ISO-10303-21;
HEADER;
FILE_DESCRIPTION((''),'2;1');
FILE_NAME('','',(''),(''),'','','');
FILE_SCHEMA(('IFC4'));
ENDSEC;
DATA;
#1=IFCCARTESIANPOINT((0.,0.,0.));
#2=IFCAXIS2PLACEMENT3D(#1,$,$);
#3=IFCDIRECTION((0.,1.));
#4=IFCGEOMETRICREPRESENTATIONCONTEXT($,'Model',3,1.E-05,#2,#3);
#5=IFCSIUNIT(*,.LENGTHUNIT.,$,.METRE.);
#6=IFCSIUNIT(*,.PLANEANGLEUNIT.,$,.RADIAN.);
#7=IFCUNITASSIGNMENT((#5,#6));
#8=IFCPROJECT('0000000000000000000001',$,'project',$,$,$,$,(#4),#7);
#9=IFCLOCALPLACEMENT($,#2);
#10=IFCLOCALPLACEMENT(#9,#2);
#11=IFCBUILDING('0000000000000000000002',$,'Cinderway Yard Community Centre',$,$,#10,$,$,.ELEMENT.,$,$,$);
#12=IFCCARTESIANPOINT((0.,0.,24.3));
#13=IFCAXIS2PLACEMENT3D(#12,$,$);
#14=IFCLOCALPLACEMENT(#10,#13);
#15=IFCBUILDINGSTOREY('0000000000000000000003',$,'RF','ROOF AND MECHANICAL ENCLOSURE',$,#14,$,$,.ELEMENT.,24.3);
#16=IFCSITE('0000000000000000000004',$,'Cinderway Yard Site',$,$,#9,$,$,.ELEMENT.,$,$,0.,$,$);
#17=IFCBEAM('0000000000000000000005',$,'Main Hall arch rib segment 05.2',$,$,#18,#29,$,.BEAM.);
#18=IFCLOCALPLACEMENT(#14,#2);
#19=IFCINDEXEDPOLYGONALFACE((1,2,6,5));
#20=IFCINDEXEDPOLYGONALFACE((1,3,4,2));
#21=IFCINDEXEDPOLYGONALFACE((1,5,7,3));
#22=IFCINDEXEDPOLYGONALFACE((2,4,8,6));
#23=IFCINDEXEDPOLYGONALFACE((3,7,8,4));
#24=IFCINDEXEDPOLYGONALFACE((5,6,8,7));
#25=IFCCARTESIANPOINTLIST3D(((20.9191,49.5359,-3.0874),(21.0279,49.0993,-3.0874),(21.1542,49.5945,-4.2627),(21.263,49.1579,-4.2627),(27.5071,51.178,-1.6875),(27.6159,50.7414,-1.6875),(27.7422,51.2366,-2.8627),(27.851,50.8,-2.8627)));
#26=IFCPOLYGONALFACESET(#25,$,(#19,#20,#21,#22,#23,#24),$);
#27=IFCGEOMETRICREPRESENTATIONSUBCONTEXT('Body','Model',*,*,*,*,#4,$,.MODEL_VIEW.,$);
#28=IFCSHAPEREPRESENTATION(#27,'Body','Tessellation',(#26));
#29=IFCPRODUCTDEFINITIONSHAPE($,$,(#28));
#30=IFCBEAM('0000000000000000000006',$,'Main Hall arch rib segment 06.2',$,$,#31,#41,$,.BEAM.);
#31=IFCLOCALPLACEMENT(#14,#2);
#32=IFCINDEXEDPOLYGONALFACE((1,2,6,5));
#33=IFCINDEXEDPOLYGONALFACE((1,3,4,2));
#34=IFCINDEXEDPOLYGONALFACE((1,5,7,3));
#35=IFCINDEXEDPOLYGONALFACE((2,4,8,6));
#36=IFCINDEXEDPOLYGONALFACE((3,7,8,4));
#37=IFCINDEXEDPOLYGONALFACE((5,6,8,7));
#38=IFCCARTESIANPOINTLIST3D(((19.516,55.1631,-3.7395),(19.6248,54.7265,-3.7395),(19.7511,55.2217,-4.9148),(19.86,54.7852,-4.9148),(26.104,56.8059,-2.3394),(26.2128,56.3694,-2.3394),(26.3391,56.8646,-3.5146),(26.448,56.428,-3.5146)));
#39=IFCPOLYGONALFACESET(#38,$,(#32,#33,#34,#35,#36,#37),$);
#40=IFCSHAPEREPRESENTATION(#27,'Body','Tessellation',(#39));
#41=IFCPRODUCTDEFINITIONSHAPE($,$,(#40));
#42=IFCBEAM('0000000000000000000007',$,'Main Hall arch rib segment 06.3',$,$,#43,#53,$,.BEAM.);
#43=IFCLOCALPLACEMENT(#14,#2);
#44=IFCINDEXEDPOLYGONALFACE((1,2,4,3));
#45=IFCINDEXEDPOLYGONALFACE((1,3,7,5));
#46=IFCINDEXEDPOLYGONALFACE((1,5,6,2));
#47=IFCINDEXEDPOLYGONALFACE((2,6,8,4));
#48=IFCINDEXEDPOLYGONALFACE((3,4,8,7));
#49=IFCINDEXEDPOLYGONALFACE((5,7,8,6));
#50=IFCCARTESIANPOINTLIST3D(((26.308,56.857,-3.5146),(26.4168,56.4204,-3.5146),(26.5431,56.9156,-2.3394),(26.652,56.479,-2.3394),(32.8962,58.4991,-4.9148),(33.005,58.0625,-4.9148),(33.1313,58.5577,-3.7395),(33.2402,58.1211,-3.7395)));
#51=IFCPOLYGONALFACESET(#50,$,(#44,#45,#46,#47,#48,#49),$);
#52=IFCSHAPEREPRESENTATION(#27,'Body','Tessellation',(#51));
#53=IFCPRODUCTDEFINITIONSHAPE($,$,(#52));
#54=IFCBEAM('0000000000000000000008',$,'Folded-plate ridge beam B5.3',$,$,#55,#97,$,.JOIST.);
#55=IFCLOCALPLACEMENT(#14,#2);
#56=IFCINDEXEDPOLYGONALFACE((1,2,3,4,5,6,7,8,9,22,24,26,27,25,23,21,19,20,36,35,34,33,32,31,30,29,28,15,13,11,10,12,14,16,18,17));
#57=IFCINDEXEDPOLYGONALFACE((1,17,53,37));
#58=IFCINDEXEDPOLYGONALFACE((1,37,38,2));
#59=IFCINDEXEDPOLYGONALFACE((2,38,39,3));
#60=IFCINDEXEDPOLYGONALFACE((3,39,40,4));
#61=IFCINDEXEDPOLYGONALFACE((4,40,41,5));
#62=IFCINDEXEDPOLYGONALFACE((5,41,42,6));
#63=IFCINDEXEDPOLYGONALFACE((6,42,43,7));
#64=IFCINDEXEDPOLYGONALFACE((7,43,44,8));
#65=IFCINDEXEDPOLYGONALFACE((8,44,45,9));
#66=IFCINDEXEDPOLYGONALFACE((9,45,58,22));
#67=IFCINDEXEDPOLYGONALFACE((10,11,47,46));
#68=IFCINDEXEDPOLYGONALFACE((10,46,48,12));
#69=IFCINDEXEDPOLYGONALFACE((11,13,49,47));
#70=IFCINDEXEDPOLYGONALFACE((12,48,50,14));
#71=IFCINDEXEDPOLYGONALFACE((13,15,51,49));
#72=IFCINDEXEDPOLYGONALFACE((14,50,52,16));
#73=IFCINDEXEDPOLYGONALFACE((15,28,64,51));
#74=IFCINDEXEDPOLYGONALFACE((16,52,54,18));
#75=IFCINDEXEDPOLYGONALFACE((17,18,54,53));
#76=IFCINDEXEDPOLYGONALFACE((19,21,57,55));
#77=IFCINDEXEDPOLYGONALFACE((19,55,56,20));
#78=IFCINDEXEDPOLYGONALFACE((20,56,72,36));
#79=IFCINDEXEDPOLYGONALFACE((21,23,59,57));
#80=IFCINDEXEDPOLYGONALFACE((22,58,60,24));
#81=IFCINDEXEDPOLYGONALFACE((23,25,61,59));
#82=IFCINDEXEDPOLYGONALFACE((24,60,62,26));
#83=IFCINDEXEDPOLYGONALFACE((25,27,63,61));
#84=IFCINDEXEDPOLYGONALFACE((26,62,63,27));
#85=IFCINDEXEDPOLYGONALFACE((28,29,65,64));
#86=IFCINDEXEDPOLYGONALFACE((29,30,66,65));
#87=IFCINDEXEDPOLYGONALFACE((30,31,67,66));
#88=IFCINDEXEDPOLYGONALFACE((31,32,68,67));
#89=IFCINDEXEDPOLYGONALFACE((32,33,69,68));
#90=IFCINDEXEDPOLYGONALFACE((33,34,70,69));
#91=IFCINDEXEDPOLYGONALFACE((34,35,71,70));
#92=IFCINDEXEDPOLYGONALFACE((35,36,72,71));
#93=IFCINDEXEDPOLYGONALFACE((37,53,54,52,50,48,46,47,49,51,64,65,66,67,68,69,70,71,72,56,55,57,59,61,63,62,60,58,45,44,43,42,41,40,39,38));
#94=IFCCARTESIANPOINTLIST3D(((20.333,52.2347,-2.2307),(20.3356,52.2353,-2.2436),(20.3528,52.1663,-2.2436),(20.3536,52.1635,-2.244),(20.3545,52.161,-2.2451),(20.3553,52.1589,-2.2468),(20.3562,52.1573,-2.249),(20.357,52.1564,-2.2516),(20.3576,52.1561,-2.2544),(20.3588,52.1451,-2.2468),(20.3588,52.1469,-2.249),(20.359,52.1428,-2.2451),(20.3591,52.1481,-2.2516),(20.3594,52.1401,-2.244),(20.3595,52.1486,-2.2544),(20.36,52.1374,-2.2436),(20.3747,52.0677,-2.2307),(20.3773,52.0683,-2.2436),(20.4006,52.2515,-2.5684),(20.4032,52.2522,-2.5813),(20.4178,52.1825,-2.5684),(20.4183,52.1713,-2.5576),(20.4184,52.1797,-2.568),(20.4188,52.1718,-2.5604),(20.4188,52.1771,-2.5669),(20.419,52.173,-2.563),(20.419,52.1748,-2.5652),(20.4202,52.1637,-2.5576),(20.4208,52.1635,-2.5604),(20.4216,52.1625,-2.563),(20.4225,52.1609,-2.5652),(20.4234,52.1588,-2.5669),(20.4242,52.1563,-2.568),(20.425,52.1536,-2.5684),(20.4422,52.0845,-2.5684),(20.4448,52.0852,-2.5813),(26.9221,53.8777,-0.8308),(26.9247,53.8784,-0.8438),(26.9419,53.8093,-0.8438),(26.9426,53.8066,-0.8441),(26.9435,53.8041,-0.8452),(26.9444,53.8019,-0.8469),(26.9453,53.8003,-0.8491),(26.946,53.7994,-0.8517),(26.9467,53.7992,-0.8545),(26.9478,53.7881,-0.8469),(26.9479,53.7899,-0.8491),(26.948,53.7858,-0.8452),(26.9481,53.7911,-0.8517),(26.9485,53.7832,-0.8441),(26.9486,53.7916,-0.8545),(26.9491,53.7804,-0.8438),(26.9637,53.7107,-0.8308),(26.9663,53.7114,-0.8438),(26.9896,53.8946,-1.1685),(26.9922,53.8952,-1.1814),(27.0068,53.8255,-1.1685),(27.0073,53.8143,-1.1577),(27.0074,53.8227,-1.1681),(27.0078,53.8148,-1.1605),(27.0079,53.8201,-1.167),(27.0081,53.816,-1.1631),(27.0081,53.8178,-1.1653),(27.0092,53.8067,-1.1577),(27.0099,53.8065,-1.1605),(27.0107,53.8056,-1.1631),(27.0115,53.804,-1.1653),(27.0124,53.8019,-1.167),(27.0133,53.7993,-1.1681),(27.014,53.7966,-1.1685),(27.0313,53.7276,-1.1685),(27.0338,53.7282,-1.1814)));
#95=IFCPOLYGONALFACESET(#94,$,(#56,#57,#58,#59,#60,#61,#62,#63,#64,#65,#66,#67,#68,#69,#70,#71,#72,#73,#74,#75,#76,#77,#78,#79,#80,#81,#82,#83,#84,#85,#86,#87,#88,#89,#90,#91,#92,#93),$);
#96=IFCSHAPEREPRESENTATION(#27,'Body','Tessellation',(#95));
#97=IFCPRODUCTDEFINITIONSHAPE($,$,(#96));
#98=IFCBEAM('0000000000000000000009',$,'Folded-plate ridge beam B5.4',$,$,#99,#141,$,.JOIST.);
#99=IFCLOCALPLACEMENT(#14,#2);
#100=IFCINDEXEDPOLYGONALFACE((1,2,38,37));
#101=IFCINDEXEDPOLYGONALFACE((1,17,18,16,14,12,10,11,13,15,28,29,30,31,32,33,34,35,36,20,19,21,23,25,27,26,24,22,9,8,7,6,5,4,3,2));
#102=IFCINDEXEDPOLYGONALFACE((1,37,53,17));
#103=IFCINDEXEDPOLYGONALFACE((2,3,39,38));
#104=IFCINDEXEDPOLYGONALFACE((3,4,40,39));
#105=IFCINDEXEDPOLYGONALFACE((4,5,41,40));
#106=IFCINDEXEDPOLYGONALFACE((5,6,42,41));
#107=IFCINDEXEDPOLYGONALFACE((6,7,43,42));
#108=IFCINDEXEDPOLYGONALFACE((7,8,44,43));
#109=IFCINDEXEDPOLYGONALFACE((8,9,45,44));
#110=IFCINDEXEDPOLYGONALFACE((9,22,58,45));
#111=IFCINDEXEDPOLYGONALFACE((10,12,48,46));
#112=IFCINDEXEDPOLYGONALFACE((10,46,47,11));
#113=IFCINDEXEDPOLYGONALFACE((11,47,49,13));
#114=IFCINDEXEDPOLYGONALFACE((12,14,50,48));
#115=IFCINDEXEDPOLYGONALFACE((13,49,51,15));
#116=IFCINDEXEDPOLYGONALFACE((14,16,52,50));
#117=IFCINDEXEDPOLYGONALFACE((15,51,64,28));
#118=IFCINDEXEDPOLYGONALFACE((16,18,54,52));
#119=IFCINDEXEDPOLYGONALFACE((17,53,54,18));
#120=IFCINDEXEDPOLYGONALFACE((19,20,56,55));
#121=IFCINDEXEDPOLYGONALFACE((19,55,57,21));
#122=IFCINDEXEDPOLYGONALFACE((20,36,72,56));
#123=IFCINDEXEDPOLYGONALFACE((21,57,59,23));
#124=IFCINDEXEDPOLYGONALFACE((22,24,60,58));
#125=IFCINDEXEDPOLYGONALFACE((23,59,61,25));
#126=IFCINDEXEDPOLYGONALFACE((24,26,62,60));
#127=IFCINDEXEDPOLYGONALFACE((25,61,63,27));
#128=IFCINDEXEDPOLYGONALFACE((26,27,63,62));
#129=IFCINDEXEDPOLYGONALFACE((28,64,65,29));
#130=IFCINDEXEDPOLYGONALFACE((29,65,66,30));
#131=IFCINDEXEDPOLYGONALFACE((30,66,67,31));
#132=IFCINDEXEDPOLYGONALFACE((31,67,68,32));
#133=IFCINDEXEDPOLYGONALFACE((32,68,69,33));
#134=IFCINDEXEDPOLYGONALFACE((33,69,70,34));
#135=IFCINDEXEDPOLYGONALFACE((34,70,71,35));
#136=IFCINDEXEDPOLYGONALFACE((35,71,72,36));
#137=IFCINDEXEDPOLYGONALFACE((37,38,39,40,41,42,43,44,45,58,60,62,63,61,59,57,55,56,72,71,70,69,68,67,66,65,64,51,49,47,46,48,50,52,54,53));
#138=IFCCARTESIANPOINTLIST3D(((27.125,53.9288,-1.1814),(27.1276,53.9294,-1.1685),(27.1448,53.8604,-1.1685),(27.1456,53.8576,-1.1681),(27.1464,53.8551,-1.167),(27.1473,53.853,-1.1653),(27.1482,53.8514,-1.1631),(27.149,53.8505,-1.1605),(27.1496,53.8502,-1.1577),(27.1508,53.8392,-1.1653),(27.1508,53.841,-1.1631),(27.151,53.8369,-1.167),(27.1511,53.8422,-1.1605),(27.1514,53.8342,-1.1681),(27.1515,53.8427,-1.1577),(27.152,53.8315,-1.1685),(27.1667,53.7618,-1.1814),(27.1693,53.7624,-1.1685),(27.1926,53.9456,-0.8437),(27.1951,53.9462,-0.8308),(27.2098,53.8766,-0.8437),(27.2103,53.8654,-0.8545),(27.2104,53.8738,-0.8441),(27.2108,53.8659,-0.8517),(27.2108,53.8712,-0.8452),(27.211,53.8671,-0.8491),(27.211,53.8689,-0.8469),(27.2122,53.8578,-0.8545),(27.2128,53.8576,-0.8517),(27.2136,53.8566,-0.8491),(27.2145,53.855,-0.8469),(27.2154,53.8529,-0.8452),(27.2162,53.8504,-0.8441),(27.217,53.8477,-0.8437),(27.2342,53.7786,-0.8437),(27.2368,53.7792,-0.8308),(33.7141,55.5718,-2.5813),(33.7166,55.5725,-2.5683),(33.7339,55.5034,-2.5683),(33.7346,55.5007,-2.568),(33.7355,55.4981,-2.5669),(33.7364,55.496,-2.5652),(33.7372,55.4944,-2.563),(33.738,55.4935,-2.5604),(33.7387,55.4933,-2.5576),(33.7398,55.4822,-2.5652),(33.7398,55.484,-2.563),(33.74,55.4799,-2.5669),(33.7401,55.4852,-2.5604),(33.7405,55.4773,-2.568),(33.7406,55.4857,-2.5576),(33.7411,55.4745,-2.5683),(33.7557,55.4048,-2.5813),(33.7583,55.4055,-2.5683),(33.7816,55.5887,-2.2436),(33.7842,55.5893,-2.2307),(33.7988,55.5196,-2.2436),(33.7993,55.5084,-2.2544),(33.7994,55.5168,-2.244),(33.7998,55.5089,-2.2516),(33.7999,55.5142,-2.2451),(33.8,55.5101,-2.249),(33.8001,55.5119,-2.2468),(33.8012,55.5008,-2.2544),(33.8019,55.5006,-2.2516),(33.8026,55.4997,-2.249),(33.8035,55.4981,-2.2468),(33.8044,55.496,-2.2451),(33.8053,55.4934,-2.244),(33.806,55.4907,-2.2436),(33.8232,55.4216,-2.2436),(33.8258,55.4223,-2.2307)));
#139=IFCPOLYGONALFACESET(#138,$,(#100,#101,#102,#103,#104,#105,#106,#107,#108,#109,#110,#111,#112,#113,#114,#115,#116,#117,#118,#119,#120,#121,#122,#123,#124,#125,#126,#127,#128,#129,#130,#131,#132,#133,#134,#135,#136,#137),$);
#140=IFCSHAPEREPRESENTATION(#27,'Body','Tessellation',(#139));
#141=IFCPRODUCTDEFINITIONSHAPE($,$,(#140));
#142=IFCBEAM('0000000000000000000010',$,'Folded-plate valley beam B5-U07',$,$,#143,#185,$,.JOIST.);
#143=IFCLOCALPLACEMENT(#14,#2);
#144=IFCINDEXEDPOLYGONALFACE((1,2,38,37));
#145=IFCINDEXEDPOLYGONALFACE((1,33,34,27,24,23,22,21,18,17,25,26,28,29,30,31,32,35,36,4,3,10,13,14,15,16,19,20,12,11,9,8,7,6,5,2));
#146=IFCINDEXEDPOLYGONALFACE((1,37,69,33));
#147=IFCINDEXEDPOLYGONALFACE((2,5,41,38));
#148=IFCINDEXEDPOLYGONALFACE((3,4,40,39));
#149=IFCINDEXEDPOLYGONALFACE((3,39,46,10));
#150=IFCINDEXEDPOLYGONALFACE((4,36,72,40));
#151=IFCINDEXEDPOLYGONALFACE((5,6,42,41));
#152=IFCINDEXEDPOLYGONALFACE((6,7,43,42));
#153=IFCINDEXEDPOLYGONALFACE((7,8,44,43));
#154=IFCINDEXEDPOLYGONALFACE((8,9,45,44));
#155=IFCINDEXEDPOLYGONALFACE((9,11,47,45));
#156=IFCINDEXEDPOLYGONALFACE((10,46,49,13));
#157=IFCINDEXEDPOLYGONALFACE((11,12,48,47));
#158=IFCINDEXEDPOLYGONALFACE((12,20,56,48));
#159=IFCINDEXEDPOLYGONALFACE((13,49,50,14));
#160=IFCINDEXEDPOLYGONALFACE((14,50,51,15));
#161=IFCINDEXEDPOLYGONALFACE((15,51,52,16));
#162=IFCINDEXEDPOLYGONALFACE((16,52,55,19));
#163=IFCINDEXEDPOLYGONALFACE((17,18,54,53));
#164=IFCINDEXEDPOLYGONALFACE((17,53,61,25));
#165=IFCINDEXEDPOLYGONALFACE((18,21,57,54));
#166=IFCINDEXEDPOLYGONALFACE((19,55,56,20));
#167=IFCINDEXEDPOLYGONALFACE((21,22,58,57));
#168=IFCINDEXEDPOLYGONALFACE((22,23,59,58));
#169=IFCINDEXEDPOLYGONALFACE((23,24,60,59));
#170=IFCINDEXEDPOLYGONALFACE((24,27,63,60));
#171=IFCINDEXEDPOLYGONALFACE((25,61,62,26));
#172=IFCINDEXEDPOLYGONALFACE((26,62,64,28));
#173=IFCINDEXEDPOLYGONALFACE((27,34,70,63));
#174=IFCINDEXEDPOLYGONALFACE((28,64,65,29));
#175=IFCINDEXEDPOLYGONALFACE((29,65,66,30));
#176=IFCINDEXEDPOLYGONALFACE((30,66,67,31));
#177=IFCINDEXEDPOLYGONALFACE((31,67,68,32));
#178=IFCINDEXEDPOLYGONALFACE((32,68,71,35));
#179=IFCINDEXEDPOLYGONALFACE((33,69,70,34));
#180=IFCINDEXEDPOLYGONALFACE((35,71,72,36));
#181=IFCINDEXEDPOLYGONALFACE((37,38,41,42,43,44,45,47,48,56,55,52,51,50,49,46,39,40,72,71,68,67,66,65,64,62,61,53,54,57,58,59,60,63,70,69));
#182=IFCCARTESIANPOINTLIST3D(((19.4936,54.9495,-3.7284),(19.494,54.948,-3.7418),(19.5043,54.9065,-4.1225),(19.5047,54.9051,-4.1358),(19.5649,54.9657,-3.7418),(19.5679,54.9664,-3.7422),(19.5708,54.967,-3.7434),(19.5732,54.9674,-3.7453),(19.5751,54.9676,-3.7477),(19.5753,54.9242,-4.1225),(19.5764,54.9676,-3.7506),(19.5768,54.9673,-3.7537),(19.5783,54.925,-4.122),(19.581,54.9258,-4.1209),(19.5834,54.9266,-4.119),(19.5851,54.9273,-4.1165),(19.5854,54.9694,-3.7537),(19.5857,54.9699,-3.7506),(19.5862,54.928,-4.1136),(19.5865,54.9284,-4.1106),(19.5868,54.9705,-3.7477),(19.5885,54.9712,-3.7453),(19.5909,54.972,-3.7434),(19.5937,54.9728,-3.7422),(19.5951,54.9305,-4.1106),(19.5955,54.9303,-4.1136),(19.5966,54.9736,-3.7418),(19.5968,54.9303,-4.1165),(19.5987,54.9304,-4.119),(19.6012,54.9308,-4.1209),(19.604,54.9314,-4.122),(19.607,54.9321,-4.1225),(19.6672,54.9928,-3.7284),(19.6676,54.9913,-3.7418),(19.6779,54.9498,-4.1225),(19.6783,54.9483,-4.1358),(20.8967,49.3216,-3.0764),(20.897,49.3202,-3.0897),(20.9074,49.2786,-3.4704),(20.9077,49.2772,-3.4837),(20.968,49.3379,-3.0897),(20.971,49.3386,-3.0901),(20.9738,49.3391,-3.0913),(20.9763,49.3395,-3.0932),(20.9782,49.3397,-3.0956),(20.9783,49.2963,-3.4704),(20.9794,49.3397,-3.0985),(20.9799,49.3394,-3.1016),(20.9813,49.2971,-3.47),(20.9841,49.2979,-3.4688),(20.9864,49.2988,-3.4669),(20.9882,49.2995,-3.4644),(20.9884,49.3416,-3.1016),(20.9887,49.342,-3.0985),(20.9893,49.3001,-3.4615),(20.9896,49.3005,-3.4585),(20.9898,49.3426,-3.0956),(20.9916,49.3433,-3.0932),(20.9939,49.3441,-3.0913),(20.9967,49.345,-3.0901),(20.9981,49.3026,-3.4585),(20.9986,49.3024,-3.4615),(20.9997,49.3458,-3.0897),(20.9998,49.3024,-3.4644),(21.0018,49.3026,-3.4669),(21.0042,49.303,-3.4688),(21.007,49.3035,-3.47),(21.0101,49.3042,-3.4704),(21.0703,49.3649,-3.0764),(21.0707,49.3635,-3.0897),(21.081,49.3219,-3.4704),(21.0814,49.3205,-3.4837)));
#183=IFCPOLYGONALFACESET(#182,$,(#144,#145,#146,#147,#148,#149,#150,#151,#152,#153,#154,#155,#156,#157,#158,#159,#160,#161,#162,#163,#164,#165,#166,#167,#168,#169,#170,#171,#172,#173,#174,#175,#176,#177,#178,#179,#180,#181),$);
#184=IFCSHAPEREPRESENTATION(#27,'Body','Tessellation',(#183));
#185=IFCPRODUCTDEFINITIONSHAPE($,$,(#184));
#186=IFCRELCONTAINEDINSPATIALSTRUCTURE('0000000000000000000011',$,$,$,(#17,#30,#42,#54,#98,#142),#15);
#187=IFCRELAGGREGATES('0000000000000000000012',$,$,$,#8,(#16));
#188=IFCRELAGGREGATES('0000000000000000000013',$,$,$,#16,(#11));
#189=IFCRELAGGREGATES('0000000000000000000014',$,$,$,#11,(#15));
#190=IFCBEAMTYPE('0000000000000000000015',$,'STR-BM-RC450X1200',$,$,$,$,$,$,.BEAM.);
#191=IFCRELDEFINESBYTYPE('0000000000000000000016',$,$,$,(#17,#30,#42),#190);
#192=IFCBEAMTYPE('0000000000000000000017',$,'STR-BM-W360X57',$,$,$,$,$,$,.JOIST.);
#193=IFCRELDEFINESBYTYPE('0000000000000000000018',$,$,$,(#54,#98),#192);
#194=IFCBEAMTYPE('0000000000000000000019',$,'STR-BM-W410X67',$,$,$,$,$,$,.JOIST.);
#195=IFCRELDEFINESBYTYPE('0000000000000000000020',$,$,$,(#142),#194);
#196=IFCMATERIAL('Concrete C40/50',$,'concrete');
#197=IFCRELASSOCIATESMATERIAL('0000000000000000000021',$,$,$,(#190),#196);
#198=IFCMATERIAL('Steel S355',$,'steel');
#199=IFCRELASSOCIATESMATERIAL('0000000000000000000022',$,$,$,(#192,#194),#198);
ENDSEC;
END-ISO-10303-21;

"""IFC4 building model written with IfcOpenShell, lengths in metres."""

from ifc_helpers import new_model, si_unit, direction, frame, origin, origin_2d, place, context, subcontext, project, spatial, rectangle, i_section, extrude, material, material_profile, profile_set, type_object, element, save


model = new_model("IFC4")

# Units and contexts
model_context = context("Model", 3, precision=1e-05, world=origin(), true_north=direction((0.0, 1.0)))
body_context = subcontext(model_context, "Body", "Model", "MODEL_VIEW")
ifc_project = project(units=[si_unit("LENGTHUNIT", "METRE"), si_unit("PLANEANGLEUNIT", "RADIAN")], contexts=[model_context])

# Site, building, storey
site_placement = place(None, origin())
site = spatial("IfcSite", under=ifc_project, at=site_placement, Name="Cinderway Yard Site", CompositionType="ELEMENT", RefElevation=0.0)
building_placement = place(site_placement, origin())
building = spatial("IfcBuilding", under=site, at=building_placement, Name="Cinderway Yard Community Centre", CompositionType="ELEMENT")
storey_placement = place(building_placement, frame((0.0, 0.0, 24.3)))
storey = spatial("IfcBuildingStorey", under=building, at=storey_placement, Name="RF", Description="ROOF AND MECHANICAL ENCLOSURE", CompositionType="ELEMENT", Elevation=24.3)

# Beams
ifc_material_1 = material(Name="Concrete C40/50", Category="concrete")
ifc_material_profile_1 = material_profile(ifc_material_1, rectangle(XDim=0.45, YDim=1.2, at=origin_2d()), Name="Concrete C40/50")
ifc_profile_set_1 = profile_set([ifc_material_profile_1], Name="Concrete C40/50")
beam_type_1 = type_object("IfcBeamType", Name="STR-BM-RC450X1200", PredefinedType="BEAM", material=ifc_profile_set_1)
beam_1_placement = place(storey_placement, frame((21.0911, 49.3469, -3.675), z_axis=(0.950321, 0.236876, 0.20194), x_axis=(-0.241859, 0.970311, 0.0)))
element("IfcBeam", 1, at=beam_1_placement, inside=storey, type_object=beam_type_1, Name="Main Hall arch rib segment 05.2", PredefinedType="BEAM", context=body_context, shape_type="SweptSolid", body=[
    extrude(rectangle(XDim=0.45, YDim=1.2, at=origin_2d()), origin(), (0.0, 0.0, 1.0), 6.9324),
])
for number, where, z_axis, x_axis, name in (
    (2, (19.688, 54.9741, -4.3271), (0.950291, 0.236974, 0.201968), (-0.24196, 0.970286, 0.0), "Main Hall arch rib segment 06.2"),
    (3, (26.48, 56.668, -2.927), (0.950318, 0.236866, -0.201967), (-0.24185, 0.970314, 0.0), "Main Hall arch rib segment 06.3"),
):
    element("IfcBeam", number, at=place(storey_placement, frame(where, z_axis=z_axis, x_axis=x_axis)), inside=storey, type_object=beam_type_1, Name=name, PredefinedType="BEAM", context=body_context, shape_type="SweptSolid", body=[
        extrude(rectangle(XDim=0.45, YDim=1.2, at=origin_2d()), origin(), (0.0, 0.0, 1.0), 6.9326),
    ])
ifc_material_2 = material(Name="Steel S355", Category="steel")
ifc_material_profile_2 = material_profile(ifc_material_2, i_section(OverallWidth=0.1721, OverallDepth=0.3579, WebThickness=0.0078, FlangeThickness=0.0132, FilletRadius=0.011, at=origin_2d()), Name="Steel S355")
ifc_profile_set_2 = profile_set([ifc_material_profile_2], Name="Steel S355")
beam_type_2 = type_object("IfcBeamType", Name="STR-BM-W360X57", PredefinedType="JOIST", material=ifc_profile_set_2)
for number, where, z_axis, x_axis, name in (
    (4, (20.3889, 52.1599, -2.406), (0.950306, 0.236969, 0.201899), (-0.241952, 0.970288, 0.0), "Folded-plate ridge beam B5.3"),
    (5, (27.1809, 53.854, -1.0061), (0.950306, 0.236969, -0.201899), (-0.241952, 0.970288, 0.0), "Folded-plate ridge beam B5.4"),
):
    element("IfcBeam", number, at=place(storey_placement, frame(where, z_axis=z_axis, x_axis=x_axis)), inside=storey, type_object=beam_type_2, Name=name, PredefinedType="JOIST", context=body_context, shape_type="SweptSolid", body=[
        extrude(i_section(OverallWidth=0.1721, OverallDepth=0.3579, WebThickness=0.0078, FlangeThickness=0.0132, FilletRadius=0.011, at=origin_2d()), origin(), (0.0, 0.0, 1.0), 6.9336),
    ])
ifc_material_profile_3 = material_profile(ifc_material_2, i_section(OverallWidth=0.179, OverallDepth=0.4099, WebThickness=0.0088, FlangeThickness=0.0134, FilletRadius=0.012, at=origin_2d()), Name="Steel S355")
ifc_profile_set_3 = profile_set([ifc_material_profile_3], Name="Steel S355")
beam_type_3 = type_object("IfcBeamType", Name="STR-BM-W410X67", PredefinedType="JOIST", material=ifc_profile_set_3)
beam_2_placement = place(storey_placement, frame((20.989, 49.321, -3.28), z_axis=(-0.240387, 0.964226, -0.111723), x_axis=(-0.970301, -0.241902, 0.0)))
element("IfcBeam", 6, at=beam_2_placement, inside=storey, type_object=beam_type_3, Name="Folded-plate valley beam B5-U07", PredefinedType="JOIST", context=body_context, shape_type="SweptSolid", body=[
    extrude(i_section(OverallWidth=0.179, OverallDepth=0.4099, WebThickness=0.0088, FlangeThickness=0.0134, FilletRadius=0.012, at=origin_2d()), origin(), (0.0, 0.0, 1.0), 5.8367),
])

save(model, "model.ifc")
